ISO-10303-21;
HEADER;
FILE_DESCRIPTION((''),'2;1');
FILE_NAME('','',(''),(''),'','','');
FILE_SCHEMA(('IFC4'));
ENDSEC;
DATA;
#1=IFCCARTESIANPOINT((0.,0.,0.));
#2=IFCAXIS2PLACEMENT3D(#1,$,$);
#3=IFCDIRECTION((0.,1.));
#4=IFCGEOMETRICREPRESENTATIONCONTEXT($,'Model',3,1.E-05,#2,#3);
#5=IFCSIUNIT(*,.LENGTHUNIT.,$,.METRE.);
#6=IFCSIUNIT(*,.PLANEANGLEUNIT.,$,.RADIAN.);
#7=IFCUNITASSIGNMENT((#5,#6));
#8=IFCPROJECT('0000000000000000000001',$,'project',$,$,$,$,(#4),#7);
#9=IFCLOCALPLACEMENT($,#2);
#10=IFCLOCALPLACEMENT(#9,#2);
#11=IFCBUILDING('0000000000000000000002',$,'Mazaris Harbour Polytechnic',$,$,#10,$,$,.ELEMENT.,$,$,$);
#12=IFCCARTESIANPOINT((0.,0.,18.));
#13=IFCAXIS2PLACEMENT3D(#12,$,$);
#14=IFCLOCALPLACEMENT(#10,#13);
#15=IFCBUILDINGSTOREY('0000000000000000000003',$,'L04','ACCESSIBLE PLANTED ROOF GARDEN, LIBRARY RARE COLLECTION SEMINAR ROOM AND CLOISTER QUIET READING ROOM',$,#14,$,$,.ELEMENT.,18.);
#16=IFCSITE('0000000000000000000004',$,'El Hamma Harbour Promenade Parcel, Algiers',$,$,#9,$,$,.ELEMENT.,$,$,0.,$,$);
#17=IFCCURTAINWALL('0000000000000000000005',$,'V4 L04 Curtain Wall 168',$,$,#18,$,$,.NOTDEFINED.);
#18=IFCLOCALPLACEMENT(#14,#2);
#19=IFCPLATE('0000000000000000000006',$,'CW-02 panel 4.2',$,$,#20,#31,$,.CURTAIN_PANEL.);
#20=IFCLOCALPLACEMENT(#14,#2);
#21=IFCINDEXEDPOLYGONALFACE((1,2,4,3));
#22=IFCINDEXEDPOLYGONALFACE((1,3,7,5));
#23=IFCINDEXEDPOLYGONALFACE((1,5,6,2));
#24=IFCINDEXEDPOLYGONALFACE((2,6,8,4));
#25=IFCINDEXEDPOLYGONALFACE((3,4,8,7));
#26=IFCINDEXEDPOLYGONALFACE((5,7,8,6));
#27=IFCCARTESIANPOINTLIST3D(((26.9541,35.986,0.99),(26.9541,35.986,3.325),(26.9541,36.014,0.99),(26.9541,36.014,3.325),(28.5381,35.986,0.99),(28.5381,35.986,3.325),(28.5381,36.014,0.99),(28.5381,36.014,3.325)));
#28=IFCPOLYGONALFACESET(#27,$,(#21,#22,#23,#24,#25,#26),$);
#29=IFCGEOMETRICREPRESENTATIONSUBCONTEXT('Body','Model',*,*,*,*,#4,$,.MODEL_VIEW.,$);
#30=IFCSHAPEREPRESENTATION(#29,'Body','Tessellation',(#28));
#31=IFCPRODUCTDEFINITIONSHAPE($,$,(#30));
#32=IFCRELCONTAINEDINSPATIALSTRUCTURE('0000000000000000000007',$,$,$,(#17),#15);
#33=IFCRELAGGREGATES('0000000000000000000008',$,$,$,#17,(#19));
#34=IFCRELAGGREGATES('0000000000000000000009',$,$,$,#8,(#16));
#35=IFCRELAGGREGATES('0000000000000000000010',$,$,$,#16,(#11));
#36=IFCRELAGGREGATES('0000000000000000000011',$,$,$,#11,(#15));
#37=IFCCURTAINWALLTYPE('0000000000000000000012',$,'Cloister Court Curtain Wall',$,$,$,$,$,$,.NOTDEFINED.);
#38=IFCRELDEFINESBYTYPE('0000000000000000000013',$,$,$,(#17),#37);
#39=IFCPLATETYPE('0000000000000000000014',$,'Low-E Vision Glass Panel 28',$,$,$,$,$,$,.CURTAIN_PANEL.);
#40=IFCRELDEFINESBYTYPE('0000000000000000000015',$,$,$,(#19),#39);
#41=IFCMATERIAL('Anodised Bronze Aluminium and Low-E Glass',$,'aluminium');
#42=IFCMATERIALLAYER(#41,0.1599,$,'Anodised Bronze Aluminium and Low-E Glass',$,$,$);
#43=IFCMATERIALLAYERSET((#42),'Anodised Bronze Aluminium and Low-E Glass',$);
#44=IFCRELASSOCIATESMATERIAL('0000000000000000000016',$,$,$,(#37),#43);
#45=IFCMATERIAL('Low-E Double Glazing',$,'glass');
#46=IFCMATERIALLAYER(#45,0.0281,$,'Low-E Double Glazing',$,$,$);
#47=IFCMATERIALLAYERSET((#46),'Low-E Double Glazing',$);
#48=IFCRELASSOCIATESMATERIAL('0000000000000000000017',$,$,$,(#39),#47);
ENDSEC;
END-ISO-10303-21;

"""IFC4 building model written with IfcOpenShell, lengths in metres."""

from ifc_helpers import new_model, si_unit, direction, frame, origin, origin_2d, place, context, subcontext, project, spatial, rectangle, extrude, material, layer, layer_set, type_object, element, aggregate, save


model = new_model("IFC4")

# Units and contexts
model_context = context("Model", 3, precision=1e-05, world=origin(), true_north=direction((0.0, 1.0)))
body_context = subcontext(model_context, "Body", "Model", "MODEL_VIEW")
ifc_project = project(units=[si_unit("LENGTHUNIT", "METRE"), si_unit("PLANEANGLEUNIT", "RADIAN")], contexts=[model_context])

# Site, building, storey
site_placement = place(None, origin())
site = spatial("IfcSite", under=ifc_project, at=site_placement, Name="El Hamma Harbour Promenade Parcel, Algiers", CompositionType="ELEMENT", RefElevation=0.0)
building_placement = place(site_placement, origin())
building = spatial("IfcBuilding", under=site, at=building_placement, Name="Mazaris Harbour Polytechnic", CompositionType="ELEMENT")
storey_placement = place(building_placement, frame((0.0, 0.0, 18.0)))
storey = spatial("IfcBuildingStorey", under=building, at=storey_placement, Name="L04", Description="ACCESSIBLE PLANTED ROOF GARDEN, LIBRARY RARE COLLECTION SEMINAR ROOM AND CLOISTER QUIET READING ROOM", CompositionType="ELEMENT", Elevation=18.0)

# Curtain wall
ifc_material_1 = material(Name="Anodised Bronze Aluminium and Low-E Glass", Category="aluminium")
ifc_layer_1 = layer(ifc_material_1, 0.1599, Name="Anodised Bronze Aluminium and Low-E Glass")
ifc_layer_set_1 = layer_set([ifc_layer_1], Name="Anodised Bronze Aluminium and Low-E Glass")
curtain_wall_type = type_object("IfcCurtainWallType", Name="Cloister Court Curtain Wall", PredefinedType="NOTDEFINED", material=ifc_layer_set_1)
curtain_wall_1_placement = place(storey_placement, origin())
curtain_wall_1 = element("IfcCurtainWall", 1, at=curtain_wall_1_placement, inside=storey, type_object=curtain_wall_type, Name="V4 L04 Curtain Wall 168", PredefinedType="NOTDEFINED")

# Plate
ifc_material_2 = material(Name="Low-E Double Glazing", Category="glass")
ifc_layer_2 = layer(ifc_material_2, 0.0281, Name="Low-E Double Glazing")
ifc_layer_set_2 = layer_set([ifc_layer_2], Name="Low-E Double Glazing")
plate_type = type_object("IfcPlateType", Name="Low-E Vision Glass Panel 28", PredefinedType="CURTAIN_PANEL", material=ifc_layer_set_2)
plate_1_placement = place(storey_placement, frame((27.7461, 36.0, 0.99), z_axis=(0.0, 0.0, 1.0), x_axis=(1.0, 0.0, 0.0)))
plate_1 = element("IfcPlate", 2, at=plate_1_placement, type_object=plate_type, Name="CW-02 panel 4.2", PredefinedType="CURTAIN_PANEL", context=body_context, shape_type="SweptSolid", body=[
    extrude(rectangle(XDim=1.584, YDim=0.0281, at=origin_2d()), origin(), (0.0, 0.0, 1.0), 2.335),
])
aggregate(curtain_wall_1, [plate_1])

save(model, "model.ifc")
